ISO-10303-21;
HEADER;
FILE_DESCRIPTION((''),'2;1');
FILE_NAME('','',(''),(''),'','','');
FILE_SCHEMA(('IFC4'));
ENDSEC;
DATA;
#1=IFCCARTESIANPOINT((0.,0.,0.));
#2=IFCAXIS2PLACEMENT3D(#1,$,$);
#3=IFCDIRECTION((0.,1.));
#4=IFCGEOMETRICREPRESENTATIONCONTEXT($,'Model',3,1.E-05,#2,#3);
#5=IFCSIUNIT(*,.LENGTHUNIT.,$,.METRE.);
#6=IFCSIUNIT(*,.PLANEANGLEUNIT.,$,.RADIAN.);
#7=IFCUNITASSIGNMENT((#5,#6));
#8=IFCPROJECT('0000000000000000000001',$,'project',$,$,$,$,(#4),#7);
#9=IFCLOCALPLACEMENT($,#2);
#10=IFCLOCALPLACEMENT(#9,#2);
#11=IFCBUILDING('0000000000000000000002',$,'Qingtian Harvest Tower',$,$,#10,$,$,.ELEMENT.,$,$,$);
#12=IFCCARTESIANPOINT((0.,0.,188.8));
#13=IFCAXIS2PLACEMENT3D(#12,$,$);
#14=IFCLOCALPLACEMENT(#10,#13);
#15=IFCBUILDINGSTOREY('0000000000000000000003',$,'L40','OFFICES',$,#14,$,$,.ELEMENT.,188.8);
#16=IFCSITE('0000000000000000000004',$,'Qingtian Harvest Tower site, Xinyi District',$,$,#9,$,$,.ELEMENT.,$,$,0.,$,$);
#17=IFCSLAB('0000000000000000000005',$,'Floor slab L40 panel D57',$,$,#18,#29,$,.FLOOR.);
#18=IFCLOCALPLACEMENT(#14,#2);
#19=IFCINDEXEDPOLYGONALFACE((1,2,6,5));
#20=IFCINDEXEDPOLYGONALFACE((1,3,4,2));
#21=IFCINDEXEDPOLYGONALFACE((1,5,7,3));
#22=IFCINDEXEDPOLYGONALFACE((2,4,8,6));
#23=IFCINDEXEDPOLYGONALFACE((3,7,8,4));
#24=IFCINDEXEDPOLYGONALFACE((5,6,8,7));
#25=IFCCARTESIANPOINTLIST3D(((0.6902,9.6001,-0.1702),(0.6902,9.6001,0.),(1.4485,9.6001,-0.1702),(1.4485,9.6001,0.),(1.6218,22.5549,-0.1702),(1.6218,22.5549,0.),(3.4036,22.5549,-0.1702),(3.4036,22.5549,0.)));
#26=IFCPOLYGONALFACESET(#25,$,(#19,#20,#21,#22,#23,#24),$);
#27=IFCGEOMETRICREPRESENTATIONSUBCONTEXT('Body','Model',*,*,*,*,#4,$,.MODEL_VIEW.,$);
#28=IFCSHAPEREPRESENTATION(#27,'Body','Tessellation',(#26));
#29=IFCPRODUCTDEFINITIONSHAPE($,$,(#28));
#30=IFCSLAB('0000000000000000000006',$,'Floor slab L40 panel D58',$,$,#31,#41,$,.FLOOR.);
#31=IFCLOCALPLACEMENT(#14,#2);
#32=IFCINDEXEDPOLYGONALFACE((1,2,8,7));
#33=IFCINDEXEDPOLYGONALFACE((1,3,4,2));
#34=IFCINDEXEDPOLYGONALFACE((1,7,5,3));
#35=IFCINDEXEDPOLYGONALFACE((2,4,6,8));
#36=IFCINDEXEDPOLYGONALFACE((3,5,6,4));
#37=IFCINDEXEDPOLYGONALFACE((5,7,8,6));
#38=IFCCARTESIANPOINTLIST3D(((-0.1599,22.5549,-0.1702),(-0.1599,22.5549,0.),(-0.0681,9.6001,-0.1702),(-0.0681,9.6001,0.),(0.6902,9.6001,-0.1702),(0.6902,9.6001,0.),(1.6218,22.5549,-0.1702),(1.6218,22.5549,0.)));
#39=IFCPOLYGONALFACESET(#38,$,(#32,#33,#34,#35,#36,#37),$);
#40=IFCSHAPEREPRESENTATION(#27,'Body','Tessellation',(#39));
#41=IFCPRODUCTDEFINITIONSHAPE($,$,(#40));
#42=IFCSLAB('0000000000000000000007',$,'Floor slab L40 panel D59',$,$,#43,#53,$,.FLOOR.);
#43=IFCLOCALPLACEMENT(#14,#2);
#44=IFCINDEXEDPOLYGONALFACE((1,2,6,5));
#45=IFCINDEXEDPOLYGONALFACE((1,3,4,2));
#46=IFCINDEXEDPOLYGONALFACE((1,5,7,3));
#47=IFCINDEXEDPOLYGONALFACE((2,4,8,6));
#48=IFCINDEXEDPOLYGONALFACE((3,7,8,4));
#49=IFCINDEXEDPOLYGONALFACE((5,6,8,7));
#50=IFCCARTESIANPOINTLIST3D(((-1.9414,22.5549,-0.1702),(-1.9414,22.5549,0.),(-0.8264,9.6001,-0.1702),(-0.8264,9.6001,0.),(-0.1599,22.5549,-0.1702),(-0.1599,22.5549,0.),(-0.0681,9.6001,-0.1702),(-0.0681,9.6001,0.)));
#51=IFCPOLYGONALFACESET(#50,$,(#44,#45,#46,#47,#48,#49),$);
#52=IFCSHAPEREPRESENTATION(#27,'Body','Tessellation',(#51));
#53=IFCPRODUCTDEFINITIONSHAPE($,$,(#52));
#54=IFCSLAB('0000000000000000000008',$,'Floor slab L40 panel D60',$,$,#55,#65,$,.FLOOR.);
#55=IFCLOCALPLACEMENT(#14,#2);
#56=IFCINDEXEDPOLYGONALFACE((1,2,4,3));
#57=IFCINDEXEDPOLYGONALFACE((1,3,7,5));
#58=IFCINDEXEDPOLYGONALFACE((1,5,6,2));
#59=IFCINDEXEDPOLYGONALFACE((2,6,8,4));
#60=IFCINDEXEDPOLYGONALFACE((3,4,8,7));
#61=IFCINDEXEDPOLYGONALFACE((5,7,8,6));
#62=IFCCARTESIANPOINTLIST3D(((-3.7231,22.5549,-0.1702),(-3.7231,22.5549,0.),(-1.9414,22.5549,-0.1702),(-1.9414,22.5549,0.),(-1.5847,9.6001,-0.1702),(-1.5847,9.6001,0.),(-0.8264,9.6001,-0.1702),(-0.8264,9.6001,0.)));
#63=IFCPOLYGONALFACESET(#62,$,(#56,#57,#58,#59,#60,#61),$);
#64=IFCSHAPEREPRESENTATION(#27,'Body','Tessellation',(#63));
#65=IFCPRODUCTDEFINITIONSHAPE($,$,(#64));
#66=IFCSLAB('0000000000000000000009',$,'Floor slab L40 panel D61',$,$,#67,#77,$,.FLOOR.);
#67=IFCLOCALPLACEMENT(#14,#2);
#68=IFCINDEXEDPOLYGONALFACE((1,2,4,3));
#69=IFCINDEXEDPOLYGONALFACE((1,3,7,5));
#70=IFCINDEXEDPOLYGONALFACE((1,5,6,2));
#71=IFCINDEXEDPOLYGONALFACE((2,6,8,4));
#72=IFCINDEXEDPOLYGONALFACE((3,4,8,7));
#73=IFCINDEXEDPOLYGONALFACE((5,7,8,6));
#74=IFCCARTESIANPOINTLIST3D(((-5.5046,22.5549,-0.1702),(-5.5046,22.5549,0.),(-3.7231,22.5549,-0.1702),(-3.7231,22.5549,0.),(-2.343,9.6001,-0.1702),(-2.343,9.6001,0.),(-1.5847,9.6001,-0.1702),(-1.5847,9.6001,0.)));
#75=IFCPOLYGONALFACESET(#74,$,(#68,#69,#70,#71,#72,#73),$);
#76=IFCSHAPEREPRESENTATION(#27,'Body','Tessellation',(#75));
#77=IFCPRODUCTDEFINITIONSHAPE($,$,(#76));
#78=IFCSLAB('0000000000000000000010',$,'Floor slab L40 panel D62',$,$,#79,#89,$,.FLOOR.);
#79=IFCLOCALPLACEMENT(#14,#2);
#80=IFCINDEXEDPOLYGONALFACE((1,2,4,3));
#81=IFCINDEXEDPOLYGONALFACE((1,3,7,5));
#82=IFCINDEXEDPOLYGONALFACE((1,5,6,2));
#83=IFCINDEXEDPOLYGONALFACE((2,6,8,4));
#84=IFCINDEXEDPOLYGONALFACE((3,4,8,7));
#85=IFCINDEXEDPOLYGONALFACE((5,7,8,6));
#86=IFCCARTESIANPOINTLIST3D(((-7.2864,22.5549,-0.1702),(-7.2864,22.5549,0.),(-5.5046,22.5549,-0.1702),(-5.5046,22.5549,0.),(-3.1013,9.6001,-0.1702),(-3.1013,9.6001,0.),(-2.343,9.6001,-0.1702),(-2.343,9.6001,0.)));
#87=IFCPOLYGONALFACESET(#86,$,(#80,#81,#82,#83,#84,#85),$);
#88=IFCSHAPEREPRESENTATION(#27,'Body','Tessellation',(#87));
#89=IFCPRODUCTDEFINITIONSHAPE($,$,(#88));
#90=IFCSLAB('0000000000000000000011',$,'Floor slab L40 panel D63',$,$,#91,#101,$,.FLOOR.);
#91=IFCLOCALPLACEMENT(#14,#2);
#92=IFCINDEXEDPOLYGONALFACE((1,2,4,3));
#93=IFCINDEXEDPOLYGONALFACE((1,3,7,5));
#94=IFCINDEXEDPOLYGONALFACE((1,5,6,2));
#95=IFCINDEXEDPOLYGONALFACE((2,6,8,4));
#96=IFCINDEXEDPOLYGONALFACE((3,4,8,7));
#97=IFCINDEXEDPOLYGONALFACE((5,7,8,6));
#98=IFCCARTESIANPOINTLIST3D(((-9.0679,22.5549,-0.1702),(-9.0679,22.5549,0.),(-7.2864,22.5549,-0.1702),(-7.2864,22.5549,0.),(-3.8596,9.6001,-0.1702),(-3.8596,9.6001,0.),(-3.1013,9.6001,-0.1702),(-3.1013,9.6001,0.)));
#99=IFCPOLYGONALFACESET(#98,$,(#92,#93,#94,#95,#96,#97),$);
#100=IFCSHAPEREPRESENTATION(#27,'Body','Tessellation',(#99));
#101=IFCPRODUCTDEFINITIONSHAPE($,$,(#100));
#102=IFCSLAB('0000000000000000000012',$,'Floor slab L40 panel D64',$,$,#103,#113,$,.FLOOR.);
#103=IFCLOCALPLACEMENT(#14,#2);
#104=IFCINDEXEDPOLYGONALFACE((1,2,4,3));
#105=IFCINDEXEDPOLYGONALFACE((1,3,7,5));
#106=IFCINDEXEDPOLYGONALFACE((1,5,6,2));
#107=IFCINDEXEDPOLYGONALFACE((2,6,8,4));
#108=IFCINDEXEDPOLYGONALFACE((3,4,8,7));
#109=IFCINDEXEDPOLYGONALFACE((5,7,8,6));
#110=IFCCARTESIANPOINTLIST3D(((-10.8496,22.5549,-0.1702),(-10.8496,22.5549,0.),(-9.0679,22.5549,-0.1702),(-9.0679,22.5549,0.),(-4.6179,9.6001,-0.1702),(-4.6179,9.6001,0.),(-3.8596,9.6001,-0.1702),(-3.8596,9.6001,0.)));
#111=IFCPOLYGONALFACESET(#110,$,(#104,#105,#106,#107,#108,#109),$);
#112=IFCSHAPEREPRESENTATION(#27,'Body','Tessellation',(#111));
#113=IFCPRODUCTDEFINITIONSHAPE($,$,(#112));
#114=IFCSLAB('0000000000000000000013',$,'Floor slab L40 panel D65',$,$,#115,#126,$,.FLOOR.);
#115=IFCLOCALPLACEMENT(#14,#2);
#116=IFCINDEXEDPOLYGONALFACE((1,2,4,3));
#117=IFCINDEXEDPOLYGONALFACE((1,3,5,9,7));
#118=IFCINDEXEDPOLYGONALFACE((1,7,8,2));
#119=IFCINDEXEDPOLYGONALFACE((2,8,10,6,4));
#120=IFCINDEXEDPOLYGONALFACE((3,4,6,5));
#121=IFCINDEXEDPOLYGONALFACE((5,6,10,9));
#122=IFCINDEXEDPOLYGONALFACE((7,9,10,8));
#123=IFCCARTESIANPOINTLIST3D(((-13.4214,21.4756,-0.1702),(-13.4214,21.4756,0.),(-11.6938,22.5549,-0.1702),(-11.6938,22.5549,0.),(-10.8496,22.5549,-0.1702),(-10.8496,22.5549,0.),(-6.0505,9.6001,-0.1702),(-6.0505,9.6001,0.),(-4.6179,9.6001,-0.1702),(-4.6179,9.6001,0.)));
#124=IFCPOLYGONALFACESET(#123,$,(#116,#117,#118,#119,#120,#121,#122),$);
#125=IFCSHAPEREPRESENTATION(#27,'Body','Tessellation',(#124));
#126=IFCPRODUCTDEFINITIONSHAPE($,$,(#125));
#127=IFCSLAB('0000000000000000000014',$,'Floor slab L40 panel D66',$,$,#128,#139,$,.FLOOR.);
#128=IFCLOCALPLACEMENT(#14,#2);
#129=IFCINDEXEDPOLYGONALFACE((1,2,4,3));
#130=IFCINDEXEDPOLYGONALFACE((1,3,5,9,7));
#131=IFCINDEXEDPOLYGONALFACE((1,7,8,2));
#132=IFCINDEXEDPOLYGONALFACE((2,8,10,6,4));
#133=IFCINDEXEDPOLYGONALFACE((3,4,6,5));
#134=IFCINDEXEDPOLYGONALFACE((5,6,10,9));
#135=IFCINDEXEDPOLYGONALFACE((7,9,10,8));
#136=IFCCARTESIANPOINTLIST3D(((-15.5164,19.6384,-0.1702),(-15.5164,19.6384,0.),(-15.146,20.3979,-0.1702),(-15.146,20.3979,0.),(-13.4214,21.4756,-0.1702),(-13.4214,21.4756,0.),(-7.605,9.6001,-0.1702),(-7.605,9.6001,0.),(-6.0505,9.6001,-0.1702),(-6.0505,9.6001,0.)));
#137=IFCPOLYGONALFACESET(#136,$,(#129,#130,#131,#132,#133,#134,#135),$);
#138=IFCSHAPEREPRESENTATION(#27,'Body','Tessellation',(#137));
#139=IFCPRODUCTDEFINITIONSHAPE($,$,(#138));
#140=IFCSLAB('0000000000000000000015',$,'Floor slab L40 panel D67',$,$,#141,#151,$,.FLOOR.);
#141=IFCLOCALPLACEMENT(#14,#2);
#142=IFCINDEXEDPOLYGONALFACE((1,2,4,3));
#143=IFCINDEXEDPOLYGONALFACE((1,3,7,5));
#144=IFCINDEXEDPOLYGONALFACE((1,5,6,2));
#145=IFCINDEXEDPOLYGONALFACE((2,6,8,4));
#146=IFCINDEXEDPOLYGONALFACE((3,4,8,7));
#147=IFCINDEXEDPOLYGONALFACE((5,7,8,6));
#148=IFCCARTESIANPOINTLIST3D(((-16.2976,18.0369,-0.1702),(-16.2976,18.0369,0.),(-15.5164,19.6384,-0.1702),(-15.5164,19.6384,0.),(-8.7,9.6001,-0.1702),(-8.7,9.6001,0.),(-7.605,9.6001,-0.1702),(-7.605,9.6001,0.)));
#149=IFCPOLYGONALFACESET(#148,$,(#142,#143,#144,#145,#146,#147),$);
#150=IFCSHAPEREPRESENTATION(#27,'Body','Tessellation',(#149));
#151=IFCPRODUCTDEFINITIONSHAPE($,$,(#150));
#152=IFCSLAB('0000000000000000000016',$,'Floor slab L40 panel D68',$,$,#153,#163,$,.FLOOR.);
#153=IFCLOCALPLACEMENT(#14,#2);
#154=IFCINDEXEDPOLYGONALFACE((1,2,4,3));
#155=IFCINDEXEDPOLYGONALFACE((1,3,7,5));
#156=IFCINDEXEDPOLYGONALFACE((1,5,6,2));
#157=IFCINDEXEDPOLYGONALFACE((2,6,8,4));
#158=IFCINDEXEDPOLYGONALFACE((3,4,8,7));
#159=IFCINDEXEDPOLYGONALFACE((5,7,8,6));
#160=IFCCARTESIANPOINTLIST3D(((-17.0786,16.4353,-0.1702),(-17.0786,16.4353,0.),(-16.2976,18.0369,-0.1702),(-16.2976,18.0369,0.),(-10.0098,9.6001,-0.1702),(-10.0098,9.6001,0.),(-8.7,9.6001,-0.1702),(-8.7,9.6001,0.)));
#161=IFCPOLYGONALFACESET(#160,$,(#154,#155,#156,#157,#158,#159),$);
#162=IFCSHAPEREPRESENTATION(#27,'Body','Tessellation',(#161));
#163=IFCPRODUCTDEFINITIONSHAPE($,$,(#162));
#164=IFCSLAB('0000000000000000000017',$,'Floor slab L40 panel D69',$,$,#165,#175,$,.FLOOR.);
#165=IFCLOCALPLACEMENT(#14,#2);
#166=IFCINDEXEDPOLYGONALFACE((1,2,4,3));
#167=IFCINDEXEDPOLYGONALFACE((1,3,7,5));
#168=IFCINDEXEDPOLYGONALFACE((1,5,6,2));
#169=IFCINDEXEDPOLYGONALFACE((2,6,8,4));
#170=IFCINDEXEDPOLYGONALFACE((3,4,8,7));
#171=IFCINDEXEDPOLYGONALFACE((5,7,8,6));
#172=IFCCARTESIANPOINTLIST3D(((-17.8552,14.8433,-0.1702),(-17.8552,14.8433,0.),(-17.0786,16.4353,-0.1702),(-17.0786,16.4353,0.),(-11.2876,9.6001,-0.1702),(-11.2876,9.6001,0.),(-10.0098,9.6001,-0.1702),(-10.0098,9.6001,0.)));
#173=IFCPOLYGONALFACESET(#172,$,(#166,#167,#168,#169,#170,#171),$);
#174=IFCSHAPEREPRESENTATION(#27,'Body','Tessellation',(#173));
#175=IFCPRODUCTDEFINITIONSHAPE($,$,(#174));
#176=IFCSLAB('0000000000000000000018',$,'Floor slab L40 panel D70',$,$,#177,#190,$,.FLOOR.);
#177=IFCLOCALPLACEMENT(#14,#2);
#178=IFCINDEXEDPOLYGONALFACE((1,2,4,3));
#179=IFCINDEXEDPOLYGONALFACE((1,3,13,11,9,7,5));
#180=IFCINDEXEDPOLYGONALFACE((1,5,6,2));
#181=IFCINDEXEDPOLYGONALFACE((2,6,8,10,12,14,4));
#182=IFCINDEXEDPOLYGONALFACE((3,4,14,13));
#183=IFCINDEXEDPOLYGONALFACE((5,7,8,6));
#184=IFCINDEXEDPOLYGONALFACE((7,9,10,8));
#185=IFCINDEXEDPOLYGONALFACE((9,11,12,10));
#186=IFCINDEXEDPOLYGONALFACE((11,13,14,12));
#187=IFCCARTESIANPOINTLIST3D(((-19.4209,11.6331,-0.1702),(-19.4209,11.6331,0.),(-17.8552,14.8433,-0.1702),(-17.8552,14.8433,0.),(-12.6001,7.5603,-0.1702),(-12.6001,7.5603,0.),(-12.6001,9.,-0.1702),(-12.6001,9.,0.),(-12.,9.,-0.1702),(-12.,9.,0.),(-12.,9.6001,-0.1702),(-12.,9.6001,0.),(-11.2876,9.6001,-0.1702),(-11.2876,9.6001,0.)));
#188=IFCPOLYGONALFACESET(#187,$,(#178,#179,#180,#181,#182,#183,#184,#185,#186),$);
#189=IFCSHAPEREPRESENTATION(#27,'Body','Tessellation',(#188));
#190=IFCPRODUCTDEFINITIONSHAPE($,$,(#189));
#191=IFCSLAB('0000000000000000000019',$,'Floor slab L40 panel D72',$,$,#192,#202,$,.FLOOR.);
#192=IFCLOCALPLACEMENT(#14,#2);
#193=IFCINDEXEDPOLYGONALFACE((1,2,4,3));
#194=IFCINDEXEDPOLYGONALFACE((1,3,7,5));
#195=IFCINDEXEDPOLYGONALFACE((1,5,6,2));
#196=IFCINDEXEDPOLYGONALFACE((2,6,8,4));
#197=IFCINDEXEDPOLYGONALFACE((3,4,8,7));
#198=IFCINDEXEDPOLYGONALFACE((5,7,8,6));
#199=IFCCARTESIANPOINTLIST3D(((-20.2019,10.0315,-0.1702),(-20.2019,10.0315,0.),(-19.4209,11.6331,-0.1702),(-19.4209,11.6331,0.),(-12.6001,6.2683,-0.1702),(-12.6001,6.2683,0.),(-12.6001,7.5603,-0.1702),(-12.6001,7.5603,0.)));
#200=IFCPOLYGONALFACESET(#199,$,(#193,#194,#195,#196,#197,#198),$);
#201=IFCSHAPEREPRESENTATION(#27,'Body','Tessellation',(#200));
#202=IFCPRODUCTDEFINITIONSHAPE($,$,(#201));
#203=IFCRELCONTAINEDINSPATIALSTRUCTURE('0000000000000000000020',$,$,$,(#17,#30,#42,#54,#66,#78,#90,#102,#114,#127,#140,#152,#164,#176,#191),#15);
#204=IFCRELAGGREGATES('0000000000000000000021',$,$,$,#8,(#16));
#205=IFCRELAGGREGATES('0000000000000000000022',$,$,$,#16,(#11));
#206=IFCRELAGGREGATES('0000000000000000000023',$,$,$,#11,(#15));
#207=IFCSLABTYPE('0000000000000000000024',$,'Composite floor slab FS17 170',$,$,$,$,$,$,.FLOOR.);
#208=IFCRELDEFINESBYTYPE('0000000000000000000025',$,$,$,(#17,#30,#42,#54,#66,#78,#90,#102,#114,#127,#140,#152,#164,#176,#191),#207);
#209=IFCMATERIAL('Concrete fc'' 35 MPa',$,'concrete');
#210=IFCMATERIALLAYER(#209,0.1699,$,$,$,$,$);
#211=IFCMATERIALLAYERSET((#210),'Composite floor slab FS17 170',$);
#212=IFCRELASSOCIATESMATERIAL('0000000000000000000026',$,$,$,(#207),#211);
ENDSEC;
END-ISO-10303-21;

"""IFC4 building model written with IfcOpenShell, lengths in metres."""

from ifc_helpers import new_model, si_unit, direction, frame, origin, place, context, subcontext, project, spatial, polyline, outline, extrude, material, layer, layer_set, type_object, element, save


model = new_model("IFC4")

# Units and contexts
model_context = context("Model", 3, precision=1e-05, world=origin(), true_north=direction((0.0, 1.0)))
body_context = subcontext(model_context, "Body", "Model", "MODEL_VIEW")
ifc_project = project(units=[si_unit("LENGTHUNIT", "METRE"), si_unit("PLANEANGLEUNIT", "RADIAN")], contexts=[model_context])

# Site, building, storey
site_placement = place(None, origin())
site = spatial("IfcSite", under=ifc_project, at=site_placement, Name="Qingtian Harvest Tower site, Xinyi District", CompositionType="ELEMENT", RefElevation=0.0)
building_placement = place(site_placement, origin())
building = spatial("IfcBuilding", under=site, at=building_placement, Name="Qingtian Harvest Tower", CompositionType="ELEMENT")
storey_placement = place(building_placement, frame((0.0, 0.0, 188.8)))
storey = spatial("IfcBuildingStorey", under=building, at=storey_placement, Name="L40", Description="OFFICES", CompositionType="ELEMENT", Elevation=188.8)

# Slabs
ifc_material_1 = material(Name="Concrete fc' 35 MPa", Category="concrete")
ifc_layer_1 = layer(ifc_material_1, 0.1699)
ifc_layer_set_1 = layer_set([ifc_layer_1], Name="Composite floor slab FS17 170")
slab_type = type_object("IfcSlabType", Name="Composite floor slab FS17 170", PredefinedType="FLOOR", material=ifc_layer_set_1)
slab_1_placement = place(storey_placement, frame((0.0, 0.0, -0.1702)))
element("IfcSlab", 1, at=slab_1_placement, inside=storey, type_object=slab_type, Name="Floor slab L40 panel D57", PredefinedType="FLOOR", context=body_context, shape_type="SweptSolid", body=[
    extrude(outline(polyline([(0.6902, 9.6001), (1.6218, 22.5549), (3.4036, 22.5549), (1.4485, 9.6001), (0.6902, 9.6001)])), origin(), (0.0, 0.0, 1.0), 0.1702),
])
slab_2_placement = place(storey_placement, frame((0.0, 0.0, -0.1702)))
element("IfcSlab", 2, at=slab_2_placement, inside=storey, type_object=slab_type, Name="Floor slab L40 panel D58", PredefinedType="FLOOR", context=body_context, shape_type="SweptSolid", body=[
    extrude(outline(polyline([(-0.0681, 9.6001), (-0.1599, 22.5549), (1.6218, 22.5549), (0.6902, 9.6001), (-0.0681, 9.6001)])), origin(), (0.0, 0.0, 1.0), 0.1702),
])
slab_3_placement = place(storey_placement, frame((0.0, 0.0, -0.1702)))
element("IfcSlab", 3, at=slab_3_placement, inside=storey, type_object=slab_type, Name="Floor slab L40 panel D59", PredefinedType="FLOOR", context=body_context, shape_type="SweptSolid", body=[
    extrude(outline(polyline([(-0.8264, 9.6001), (-1.9414, 22.5549), (-0.1599, 22.5549), (-0.0681, 9.6001), (-0.8264, 9.6001)])), origin(), (0.0, 0.0, 1.0), 0.1702),
])
slab_4_placement = place(storey_placement, frame((0.0, 0.0, -0.1702)))
element("IfcSlab", 4, at=slab_4_placement, inside=storey, type_object=slab_type, Name="Floor slab L40 panel D60", PredefinedType="FLOOR", context=body_context, shape_type="SweptSolid", body=[
    extrude(outline(polyline([(-1.5847, 9.6001), (-3.7231, 22.5549), (-1.9414, 22.5549), (-0.8264, 9.6001), (-1.5847, 9.6001)])), origin(), (0.0, 0.0, 1.0), 0.1702),
])
slab_5_placement = place(storey_placement, frame((0.0, 0.0, -0.1702)))
element("IfcSlab", 5, at=slab_5_placement, inside=storey, type_object=slab_type, Name="Floor slab L40 panel D61", PredefinedType="FLOOR", context=body_context, shape_type="SweptSolid", body=[
    extrude(outline(polyline([(-2.343, 9.6001), (-5.5046, 22.5549), (-3.7231, 22.5549), (-1.5847, 9.6001), (-2.343, 9.6001)])), origin(), (0.0, 0.0, 1.0), 0.1702),
])
slab_6_placement = place(storey_placement, frame((0.0, 0.0, -0.1702)))
element("IfcSlab", 6, at=slab_6_placement, inside=storey, type_object=slab_type, Name="Floor slab L40 panel D62", PredefinedType="FLOOR", context=body_context, shape_type="SweptSolid", body=[
    extrude(outline(polyline([(-3.1013, 9.6001), (-7.2864, 22.5549), (-5.5046, 22.5549), (-2.343, 9.6001), (-3.1013, 9.6001)])), origin(), (0.0, 0.0, 1.0), 0.1702),
])
slab_7_placement = place(storey_placement, frame((0.0, 0.0, -0.1702)))
element("IfcSlab", 7, at=slab_7_placement, inside=storey, type_object=slab_type, Name="Floor slab L40 panel D63", PredefinedType="FLOOR", context=body_context, shape_type="SweptSolid", body=[
    extrude(outline(polyline([(-3.8596, 9.6001), (-9.0679, 22.5549), (-7.2864, 22.5549), (-3.1013, 9.6001), (-3.8596, 9.6001)])), origin(), (0.0, 0.0, 1.0), 0.1702),
])
slab_8_placement = place(storey_placement, frame((0.0, 0.0, -0.1702)))
element("IfcSlab", 8, at=slab_8_placement, inside=storey, type_object=slab_type, Name="Floor slab L40 panel D64", PredefinedType="FLOOR", context=body_context, shape_type="SweptSolid", body=[
    extrude(outline(polyline([(-4.6179, 9.6001), (-10.8496, 22.5549), (-9.0679, 22.5549), (-3.8596, 9.6001), (-4.6179, 9.6001)])), origin(), (0.0, 0.0, 1.0), 0.1702),
])
slab_9_placement = place(storey_placement, frame((0.0, 0.0, -0.1702)))
element("IfcSlab", 9, at=slab_9_placement, inside=storey, type_object=slab_type, Name="Floor slab L40 panel D65", PredefinedType="FLOOR", context=body_context, shape_type="SweptSolid", body=[
    extrude(outline(polyline([(-4.6179, 9.6001), (-6.0505, 9.6001), (-13.4214, 21.4756), (-11.6938, 22.5549), (-10.8496, 22.5549), (-4.6179, 9.6001)])), origin(), (0.0, 0.0, 1.0), 0.1702),
])
slab_10_placement = place(storey_placement, frame((0.0, 0.0, -0.1702)))
element("IfcSlab", 10, at=slab_10_placement, inside=storey, type_object=slab_type, Name="Floor slab L40 panel D66", PredefinedType="FLOOR", context=body_context, shape_type="SweptSolid", body=[
    extrude(outline(polyline([(-6.0505, 9.6001), (-7.605, 9.6001), (-15.5164, 19.6384), (-15.146, 20.3979), (-13.4214, 21.4756), (-6.0505, 9.6001)])), origin(), (0.0, 0.0, 1.0), 0.1702),
])
slab_11_placement = place(storey_placement, frame((0.0, 0.0, -0.1702)))
element("IfcSlab", 11, at=slab_11_placement, inside=storey, type_object=slab_type, Name="Floor slab L40 panel D67", PredefinedType="FLOOR", context=body_context, shape_type="SweptSolid", body=[
    extrude(outline(polyline([(-8.7, 9.6001), (-16.2976, 18.0369), (-15.5164, 19.6384), (-7.605, 9.6001), (-8.7, 9.6001)])), origin(), (0.0, 0.0, 1.0), 0.1702),
])
slab_12_placement = place(storey_placement, frame((0.0, 0.0, -0.1702)))
element("IfcSlab", 12, at=slab_12_placement, inside=storey, type_object=slab_type, Name="Floor slab L40 panel D68", PredefinedType="FLOOR", context=body_context, shape_type="SweptSolid", body=[
    extrude(outline(polyline([(-10.0098, 9.6001), (-17.0786, 16.4353), (-16.2976, 18.0369), (-8.7, 9.6001), (-10.0098, 9.6001)])), origin(), (0.0, 0.0, 1.0), 0.1702),
])
slab_13_placement = place(storey_placement, frame((0.0, 0.0, -0.1702)))
element("IfcSlab", 13, at=slab_13_placement, inside=storey, type_object=slab_type, Name="Floor slab L40 panel D69", PredefinedType="FLOOR", context=body_context, shape_type="SweptSolid", body=[
    extrude(outline(polyline([(-11.2876, 9.6001), (-17.8552, 14.8433), (-17.0786, 16.4353), (-10.0098, 9.6001), (-11.2876, 9.6001)])), origin(), (0.0, 0.0, 1.0), 0.1702),
])
slab_14_placement = place(storey_placement, frame((0.0, 0.0, -0.1702)))
element("IfcSlab", 14, at=slab_14_placement, inside=storey, type_object=slab_type, Name="Floor slab L40 panel D70", PredefinedType="FLOOR", context=body_context, shape_type="SweptSolid", body=[
    extrude(outline(polyline([(-12.0, 9.0), (-12.6001, 9.0), (-12.6001, 7.5603), (-19.4209, 11.6331), (-17.8552, 14.8433), (-11.2876, 9.6001), (-12.0, 9.6001), (-12.0, 9.0)])), origin(), (0.0, 0.0, 1.0), 0.1702),
])
slab_15_placement = place(storey_placement, frame((0.0, 0.0, -0.1702)))
element("IfcSlab", 15, at=slab_15_placement, inside=storey, type_object=slab_type, Name="Floor slab L40 panel D72", PredefinedType="FLOOR", context=body_context, shape_type="SweptSolid", body=[
    extrude(outline(polyline([(-12.6001, 6.2683), (-20.2019, 10.0315), (-19.4209, 11.6331), (-12.6001, 7.5603), (-12.6001, 6.2683)])), origin(), (0.0, 0.0, 1.0), 0.1702),
])

save(model, "model.ifc")
